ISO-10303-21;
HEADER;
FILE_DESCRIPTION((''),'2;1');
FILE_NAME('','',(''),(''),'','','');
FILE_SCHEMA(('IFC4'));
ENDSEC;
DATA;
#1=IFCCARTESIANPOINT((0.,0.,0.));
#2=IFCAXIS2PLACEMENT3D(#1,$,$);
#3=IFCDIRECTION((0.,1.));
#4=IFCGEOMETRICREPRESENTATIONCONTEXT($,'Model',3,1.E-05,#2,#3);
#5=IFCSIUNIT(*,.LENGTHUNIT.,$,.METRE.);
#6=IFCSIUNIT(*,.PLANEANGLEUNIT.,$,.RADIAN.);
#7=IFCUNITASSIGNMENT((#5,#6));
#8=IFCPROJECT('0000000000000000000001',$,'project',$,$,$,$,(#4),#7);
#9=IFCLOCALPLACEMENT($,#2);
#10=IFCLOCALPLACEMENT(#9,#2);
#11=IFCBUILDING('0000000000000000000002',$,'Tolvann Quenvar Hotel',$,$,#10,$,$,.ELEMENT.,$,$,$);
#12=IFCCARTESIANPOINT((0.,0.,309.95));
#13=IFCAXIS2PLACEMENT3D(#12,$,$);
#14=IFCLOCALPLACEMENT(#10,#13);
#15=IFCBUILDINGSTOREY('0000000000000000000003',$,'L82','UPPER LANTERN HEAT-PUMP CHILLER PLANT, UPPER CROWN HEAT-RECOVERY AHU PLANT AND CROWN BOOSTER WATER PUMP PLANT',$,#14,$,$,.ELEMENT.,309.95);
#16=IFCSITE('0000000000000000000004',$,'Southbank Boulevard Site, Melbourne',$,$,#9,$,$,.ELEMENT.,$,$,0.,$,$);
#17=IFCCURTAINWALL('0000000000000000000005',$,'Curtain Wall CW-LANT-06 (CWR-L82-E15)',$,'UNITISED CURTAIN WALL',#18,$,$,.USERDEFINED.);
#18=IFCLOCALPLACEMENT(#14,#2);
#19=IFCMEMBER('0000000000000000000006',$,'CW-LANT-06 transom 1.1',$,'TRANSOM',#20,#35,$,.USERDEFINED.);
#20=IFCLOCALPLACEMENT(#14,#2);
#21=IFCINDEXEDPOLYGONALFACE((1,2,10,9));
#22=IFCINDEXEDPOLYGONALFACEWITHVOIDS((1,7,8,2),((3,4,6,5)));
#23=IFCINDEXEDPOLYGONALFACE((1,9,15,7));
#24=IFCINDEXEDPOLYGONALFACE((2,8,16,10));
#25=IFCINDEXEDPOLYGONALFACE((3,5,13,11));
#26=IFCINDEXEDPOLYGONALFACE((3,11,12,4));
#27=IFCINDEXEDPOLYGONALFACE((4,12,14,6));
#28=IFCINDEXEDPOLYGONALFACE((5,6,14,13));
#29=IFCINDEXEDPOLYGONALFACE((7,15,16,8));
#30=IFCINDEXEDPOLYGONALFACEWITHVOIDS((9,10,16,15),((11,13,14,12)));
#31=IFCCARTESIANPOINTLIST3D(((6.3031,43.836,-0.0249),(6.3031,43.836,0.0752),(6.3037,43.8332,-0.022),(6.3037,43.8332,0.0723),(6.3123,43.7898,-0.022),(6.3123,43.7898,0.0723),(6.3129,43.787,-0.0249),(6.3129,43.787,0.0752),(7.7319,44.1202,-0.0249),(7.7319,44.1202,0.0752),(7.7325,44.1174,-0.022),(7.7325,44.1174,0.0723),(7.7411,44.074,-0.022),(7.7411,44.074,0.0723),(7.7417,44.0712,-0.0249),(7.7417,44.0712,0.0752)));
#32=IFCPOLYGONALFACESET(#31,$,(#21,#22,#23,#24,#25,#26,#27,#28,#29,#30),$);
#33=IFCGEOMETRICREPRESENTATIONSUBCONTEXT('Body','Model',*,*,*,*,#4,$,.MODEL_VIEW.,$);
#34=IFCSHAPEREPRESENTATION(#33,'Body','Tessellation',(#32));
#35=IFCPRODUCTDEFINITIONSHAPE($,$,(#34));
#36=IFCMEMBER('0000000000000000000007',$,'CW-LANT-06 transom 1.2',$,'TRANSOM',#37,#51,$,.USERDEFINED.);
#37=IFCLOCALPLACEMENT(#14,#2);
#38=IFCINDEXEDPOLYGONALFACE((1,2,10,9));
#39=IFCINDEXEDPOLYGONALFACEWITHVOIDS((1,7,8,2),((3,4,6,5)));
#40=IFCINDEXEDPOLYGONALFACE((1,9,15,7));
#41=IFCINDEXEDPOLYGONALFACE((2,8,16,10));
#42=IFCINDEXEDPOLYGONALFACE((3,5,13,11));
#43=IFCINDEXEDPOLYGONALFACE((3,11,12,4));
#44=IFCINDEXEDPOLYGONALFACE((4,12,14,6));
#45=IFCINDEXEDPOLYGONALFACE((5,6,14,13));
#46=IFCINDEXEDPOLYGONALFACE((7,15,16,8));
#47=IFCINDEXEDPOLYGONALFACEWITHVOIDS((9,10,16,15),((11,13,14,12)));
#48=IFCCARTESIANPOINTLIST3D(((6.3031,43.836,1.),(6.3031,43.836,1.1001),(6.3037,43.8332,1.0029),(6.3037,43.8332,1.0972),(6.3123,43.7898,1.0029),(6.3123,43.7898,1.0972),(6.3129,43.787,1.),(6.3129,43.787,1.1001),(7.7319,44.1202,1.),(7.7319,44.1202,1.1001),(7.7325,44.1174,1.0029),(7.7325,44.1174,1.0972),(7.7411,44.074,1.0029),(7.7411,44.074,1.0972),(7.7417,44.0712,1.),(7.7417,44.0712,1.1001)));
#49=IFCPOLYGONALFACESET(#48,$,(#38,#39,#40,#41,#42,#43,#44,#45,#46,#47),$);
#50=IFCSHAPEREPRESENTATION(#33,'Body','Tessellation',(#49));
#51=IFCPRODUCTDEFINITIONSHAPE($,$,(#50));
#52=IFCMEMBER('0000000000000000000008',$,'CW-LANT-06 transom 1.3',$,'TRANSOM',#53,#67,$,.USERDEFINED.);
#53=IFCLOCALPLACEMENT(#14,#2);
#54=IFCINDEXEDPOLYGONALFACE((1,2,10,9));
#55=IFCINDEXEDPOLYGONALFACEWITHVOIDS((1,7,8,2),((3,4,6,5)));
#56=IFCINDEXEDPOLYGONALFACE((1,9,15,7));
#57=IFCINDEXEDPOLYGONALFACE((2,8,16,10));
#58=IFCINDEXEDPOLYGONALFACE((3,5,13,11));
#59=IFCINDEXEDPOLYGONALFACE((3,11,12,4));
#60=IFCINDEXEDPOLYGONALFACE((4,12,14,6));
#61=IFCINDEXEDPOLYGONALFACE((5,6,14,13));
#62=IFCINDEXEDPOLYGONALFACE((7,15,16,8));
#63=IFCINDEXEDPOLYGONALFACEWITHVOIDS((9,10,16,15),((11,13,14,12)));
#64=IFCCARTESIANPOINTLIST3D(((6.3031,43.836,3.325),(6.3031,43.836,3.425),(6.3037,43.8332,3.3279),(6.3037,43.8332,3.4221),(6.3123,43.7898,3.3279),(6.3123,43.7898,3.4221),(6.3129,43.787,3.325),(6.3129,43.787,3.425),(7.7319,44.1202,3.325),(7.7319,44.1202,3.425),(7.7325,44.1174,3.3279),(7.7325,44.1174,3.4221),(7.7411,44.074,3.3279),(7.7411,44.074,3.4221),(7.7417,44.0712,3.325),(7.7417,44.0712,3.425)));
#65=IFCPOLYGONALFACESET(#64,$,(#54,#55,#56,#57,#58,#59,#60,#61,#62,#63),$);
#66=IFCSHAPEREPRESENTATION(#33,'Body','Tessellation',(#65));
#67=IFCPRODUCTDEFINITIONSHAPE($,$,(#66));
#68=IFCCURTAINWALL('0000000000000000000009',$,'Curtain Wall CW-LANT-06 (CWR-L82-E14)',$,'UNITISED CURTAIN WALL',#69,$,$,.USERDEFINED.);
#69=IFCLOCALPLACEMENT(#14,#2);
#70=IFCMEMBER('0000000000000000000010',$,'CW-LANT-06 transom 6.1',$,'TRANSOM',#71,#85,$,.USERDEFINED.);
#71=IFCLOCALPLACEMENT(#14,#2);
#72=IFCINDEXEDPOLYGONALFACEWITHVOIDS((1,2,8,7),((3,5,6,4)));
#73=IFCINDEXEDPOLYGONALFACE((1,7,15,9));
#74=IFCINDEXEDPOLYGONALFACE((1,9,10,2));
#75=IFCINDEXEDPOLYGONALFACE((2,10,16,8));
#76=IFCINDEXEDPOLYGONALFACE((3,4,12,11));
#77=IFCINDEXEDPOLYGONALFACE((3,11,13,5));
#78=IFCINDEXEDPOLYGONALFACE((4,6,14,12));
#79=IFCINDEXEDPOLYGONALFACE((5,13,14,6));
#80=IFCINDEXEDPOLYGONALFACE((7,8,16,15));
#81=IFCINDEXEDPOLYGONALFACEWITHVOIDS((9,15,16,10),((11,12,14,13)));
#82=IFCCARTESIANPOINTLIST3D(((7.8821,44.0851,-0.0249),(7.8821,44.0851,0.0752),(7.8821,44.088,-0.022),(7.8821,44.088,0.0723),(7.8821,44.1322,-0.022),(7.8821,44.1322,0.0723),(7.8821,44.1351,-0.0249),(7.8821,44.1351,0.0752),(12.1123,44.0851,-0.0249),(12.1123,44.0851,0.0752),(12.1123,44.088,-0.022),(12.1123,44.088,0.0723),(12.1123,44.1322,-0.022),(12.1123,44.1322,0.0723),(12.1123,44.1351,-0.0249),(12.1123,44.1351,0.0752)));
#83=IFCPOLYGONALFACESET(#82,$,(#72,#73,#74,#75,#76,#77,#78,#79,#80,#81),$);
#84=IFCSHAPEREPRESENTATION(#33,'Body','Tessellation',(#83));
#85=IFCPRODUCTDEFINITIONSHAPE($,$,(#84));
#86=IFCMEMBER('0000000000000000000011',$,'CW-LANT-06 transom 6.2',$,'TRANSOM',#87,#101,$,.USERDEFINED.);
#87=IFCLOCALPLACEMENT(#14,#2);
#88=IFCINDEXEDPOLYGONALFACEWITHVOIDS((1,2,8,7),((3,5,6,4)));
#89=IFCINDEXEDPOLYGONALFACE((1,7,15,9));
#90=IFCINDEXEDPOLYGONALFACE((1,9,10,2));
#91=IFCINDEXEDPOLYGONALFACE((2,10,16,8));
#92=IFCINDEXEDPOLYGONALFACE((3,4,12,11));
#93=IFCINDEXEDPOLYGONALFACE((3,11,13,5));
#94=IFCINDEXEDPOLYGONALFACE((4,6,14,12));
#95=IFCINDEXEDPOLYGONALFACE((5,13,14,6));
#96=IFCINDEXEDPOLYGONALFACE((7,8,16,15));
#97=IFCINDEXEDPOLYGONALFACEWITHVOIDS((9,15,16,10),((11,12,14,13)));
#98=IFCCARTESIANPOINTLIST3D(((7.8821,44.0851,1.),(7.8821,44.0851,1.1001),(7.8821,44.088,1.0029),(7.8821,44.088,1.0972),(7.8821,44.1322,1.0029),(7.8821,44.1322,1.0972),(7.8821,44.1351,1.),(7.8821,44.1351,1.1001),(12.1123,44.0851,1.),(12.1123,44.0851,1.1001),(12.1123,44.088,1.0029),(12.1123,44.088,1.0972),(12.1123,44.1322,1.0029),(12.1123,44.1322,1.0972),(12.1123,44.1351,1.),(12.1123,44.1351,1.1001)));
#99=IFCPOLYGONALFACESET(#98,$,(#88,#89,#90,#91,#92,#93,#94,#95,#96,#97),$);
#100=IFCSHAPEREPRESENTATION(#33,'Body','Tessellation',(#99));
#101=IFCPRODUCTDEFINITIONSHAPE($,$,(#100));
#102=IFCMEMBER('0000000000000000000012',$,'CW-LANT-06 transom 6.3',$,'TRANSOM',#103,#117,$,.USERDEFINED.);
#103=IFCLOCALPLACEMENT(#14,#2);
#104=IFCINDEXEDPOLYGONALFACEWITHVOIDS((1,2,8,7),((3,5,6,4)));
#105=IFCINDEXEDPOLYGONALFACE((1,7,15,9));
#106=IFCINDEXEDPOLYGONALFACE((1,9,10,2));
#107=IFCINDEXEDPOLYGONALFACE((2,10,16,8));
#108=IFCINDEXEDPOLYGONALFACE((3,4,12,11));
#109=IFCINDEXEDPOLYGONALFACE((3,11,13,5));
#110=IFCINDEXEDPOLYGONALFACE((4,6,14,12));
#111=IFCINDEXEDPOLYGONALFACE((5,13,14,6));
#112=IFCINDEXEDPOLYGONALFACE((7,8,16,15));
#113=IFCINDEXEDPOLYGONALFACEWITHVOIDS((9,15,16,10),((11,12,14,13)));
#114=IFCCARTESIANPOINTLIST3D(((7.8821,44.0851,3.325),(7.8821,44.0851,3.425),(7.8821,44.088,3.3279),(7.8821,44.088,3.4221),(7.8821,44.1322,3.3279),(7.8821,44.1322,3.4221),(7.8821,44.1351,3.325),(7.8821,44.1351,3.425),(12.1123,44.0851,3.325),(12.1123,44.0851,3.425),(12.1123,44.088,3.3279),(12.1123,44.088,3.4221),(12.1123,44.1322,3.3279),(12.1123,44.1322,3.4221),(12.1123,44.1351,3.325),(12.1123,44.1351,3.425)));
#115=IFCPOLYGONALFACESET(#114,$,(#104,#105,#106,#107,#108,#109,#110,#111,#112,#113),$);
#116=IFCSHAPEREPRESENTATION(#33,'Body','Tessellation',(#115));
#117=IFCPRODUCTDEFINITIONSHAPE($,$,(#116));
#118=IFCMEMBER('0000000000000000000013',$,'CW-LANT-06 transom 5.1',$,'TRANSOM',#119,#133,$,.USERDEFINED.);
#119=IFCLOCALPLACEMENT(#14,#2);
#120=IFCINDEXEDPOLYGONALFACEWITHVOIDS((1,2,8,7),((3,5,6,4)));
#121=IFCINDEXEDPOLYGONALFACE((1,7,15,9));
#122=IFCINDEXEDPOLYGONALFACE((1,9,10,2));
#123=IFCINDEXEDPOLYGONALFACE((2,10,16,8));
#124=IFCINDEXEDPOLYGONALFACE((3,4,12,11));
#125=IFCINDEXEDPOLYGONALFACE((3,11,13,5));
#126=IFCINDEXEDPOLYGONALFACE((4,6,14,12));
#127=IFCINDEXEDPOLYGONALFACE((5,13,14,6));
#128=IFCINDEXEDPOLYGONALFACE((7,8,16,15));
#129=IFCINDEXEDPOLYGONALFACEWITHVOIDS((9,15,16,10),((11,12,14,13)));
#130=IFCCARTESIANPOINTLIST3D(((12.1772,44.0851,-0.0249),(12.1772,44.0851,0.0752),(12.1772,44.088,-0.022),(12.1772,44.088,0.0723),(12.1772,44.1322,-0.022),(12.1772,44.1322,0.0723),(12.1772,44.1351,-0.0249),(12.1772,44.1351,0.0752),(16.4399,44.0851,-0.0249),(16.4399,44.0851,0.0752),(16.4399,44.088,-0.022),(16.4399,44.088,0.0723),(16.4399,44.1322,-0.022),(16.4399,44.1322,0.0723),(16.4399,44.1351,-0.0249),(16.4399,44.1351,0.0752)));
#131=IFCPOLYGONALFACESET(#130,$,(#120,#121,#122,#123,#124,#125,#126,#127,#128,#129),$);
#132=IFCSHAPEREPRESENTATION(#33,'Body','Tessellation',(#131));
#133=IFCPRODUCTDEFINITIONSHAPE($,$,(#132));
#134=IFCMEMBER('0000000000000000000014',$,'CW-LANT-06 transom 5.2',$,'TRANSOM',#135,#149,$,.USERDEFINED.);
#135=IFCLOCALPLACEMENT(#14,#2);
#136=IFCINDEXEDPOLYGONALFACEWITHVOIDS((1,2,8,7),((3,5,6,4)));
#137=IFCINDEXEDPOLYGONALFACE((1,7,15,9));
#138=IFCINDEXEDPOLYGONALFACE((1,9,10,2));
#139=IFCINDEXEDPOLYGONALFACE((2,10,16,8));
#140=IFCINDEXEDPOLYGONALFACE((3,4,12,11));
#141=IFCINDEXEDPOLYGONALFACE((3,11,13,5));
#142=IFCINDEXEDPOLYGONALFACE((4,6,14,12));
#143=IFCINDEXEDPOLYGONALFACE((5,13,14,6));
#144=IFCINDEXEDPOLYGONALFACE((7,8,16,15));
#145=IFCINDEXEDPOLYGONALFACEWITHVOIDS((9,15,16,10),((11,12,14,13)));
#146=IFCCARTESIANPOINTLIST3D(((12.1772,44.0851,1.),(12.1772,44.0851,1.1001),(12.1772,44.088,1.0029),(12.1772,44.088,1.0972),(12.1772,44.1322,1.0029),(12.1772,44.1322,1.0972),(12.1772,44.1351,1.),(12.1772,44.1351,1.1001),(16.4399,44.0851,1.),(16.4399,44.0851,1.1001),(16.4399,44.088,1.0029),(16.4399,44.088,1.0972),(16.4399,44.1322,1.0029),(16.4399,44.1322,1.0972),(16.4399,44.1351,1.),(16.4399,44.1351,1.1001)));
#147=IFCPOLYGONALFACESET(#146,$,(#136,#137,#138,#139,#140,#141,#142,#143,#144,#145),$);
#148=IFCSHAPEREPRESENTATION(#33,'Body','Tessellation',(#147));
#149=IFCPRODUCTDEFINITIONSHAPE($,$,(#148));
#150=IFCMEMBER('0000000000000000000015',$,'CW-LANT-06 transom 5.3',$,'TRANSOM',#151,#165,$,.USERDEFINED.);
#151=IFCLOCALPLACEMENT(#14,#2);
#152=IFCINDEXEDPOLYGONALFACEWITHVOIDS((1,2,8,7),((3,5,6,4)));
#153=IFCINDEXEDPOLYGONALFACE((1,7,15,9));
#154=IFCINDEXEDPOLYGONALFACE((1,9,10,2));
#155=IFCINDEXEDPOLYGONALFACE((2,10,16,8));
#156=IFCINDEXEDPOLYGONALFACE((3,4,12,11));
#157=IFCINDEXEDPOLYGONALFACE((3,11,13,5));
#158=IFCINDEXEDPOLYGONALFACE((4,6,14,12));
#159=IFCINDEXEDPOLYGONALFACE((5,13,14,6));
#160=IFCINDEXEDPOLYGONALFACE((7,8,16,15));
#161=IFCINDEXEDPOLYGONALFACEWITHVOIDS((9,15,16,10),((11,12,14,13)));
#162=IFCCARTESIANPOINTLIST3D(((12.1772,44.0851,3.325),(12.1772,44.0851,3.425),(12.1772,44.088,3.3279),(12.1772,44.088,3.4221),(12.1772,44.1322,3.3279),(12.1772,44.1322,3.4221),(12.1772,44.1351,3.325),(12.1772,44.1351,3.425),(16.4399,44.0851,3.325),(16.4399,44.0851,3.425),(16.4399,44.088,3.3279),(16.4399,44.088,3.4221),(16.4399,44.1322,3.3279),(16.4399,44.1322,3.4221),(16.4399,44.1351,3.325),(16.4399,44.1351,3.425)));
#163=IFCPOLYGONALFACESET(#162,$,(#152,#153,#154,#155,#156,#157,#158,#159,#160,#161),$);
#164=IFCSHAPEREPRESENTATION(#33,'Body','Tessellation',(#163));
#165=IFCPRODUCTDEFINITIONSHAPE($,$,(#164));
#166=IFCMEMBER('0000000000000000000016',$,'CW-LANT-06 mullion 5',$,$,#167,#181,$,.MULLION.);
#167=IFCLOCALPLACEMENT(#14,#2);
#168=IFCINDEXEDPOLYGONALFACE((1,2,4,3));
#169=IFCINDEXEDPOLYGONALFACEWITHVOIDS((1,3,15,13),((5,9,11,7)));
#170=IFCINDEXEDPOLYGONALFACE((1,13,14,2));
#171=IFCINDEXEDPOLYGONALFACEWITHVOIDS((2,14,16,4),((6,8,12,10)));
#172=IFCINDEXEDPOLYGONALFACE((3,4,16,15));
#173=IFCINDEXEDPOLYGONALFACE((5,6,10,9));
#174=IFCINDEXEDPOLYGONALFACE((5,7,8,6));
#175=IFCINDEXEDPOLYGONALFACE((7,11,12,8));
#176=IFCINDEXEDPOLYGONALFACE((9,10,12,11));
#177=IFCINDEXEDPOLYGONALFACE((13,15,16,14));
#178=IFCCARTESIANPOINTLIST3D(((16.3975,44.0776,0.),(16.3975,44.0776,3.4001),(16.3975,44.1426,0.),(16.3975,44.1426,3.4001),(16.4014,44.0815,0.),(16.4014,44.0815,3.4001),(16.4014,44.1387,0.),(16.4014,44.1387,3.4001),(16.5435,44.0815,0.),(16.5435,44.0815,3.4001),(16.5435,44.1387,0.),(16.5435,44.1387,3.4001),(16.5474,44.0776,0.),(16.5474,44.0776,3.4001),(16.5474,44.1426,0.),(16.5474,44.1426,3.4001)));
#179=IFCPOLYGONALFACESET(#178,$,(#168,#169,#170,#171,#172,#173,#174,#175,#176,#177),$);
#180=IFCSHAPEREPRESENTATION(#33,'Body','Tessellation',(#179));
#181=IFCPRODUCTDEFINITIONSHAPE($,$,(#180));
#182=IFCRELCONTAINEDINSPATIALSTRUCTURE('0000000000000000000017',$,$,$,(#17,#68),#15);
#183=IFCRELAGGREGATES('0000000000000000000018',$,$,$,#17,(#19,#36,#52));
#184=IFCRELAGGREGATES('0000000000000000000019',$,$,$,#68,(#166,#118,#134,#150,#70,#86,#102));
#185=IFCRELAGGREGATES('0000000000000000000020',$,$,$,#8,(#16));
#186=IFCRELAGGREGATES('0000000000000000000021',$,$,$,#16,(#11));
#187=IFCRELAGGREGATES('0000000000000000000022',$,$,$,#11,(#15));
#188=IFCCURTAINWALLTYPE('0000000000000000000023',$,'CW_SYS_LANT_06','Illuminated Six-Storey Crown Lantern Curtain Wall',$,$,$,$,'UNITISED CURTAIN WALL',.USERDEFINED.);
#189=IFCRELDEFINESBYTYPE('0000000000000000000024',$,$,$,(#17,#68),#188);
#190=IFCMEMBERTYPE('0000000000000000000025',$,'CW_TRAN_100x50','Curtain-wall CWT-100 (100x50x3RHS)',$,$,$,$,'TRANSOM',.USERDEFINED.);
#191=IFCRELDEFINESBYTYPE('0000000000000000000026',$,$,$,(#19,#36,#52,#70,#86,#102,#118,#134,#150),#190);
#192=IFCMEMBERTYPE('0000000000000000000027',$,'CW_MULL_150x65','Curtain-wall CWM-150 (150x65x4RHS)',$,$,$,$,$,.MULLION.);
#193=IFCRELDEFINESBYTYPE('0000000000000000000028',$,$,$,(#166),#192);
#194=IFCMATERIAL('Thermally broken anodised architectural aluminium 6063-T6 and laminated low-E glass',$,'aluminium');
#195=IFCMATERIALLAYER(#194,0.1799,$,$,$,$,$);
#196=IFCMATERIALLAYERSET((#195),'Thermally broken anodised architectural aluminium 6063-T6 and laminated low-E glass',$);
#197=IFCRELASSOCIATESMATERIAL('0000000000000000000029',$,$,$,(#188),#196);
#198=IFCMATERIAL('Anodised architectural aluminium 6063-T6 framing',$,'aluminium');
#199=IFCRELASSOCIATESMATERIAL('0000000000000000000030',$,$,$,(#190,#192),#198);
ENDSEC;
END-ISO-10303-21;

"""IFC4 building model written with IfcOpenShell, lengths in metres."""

from ifc_helpers import new_model, si_unit, direction, frame, origin, origin_2d, place, context, subcontext, project, spatial, hollow_rectangle, extrude, source, transform, mapped, material, layer, layer_set, material_profile, profile_set, type_object, type_shapes, element, aggregate, save


model = new_model("IFC4")

# Units and contexts
model_context = context("Model", 3, precision=1e-05, world=origin(), true_north=direction((0.0, 1.0)))
body_context = subcontext(model_context, "Body", "Model", "MODEL_VIEW")
ifc_project = project(units=[si_unit("LENGTHUNIT", "METRE"), si_unit("PLANEANGLEUNIT", "RADIAN")], contexts=[model_context])

# Site, building, storey
site_placement = place(None, origin())
site = spatial("IfcSite", under=ifc_project, at=site_placement, Name="Southbank Boulevard Site, Melbourne", CompositionType="ELEMENT", RefElevation=0.0)
building_placement = place(site_placement, origin())
building = spatial("IfcBuilding", under=site, at=building_placement, Name="Tolvann Quenvar Hotel", CompositionType="ELEMENT")
storey_placement = place(building_placement, frame((0.0, 0.0, 309.95)))
storey = spatial("IfcBuildingStorey", under=building, at=storey_placement, Name="L82", Description="UPPER LANTERN HEAT-PUMP CHILLER PLANT, UPPER CROWN HEAT-RECOVERY AHU PLANT AND CROWN BOOSTER WATER PUMP PLANT", CompositionType="ELEMENT", Elevation=309.95)

# Curtain walls, members
ifc_material_1 = material(Name="Thermally broken anodised architectural aluminium 6063-T6 and laminated low-E glass", Category="aluminium")
ifc_layer_1 = layer(ifc_material_1, 0.1799)
ifc_layer_set_1 = layer_set([ifc_layer_1], Name="Thermally broken anodised architectural aluminium 6063-T6 and laminated low-E glass")
curtain_wall_type = type_object("IfcCurtainWallType", Name="CW_SYS_LANT_06", Description="Illuminated Six-Storey Crown Lantern Curtain Wall", ElementType="UNITISED CURTAIN WALL", PredefinedType="USERDEFINED", material=ifc_layer_set_1)
curtain_wall_1_placement = place(storey_placement, origin())
curtain_wall_1 = element("IfcCurtainWall", 1, at=curtain_wall_1_placement, inside=storey, type_object=curtain_wall_type, Name="Curtain Wall CW-LANT-06 (CWR-L82-E15)", ObjectType="UNITISED CURTAIN WALL", PredefinedType="USERDEFINED")
ifc_material_2 = material(Name="Anodised architectural aluminium 6063-T6 framing", Category="aluminium")
ifc_material_profile_1 = material_profile(ifc_material_2, hollow_rectangle(XDim=0.05, YDim=0.1001, WallThickness=0.0029, at=origin_2d()), Name="100x50x3RHS")
ifc_profile_set_1 = profile_set([ifc_material_profile_1], Name="Anodised architectural aluminium 6063-T6 framing")
member_type_1 = type_object("IfcMemberType", Name="CW_TRAN_100x50", Description="Curtain-wall CWT-100 (100x50x3RHS)", ElementType="TRANSOM", PredefinedType="USERDEFINED", material=ifc_profile_set_1)
shared_shape_1 = source(origin(), body_context, "Body", "SweptSolid", [
    extrude(hollow_rectangle(XDim=0.05, YDim=0.1001, WallThickness=0.0029, at=origin_2d()), origin(), (0.0, 0.0, 1.0), 1.4568),
])
member_1_placement = place(storey_placement, frame((7.7368, 44.0957, 0.0251), z_axis=(-0.980786, -0.195085, 0.0), x_axis=(0.195085, -0.980786, 0.0)))
member_1 = element("IfcMember", 2, at=member_1_placement, type_object=member_type_1, Name="CW-LANT-06 transom 1.1", ObjectType="TRANSOM", PredefinedType="USERDEFINED", context=body_context, shape_type="MappedRepresentation", body=[
    mapped(shared_shape_1, transform((0.0, 0.0, 0.0), x_axis=(1.0, 0.0, 0.0), y_axis=(0.0, 1.0, 0.0), z_axis=(0.0, 0.0, 1.0), scale=1.0)),
])
member_2_placement = place(storey_placement, frame((7.7368, 44.0957, 1.05), z_axis=(-0.980786, -0.195085, 0.0), x_axis=(0.195085, -0.980786, 0.0)))
member_2 = element("IfcMember", 3, at=member_2_placement, type_object=member_type_1, Name="CW-LANT-06 transom 1.2", ObjectType="TRANSOM", PredefinedType="USERDEFINED", context=body_context, shape_type="MappedRepresentation", body=[
    mapped(shared_shape_1, transform((0.0, 0.0, 0.0), x_axis=(1.0, 0.0, 0.0), y_axis=(0.0, 1.0, 0.0), z_axis=(0.0, 0.0, 1.0), scale=1.0)),
])
member_3_placement = place(storey_placement, frame((7.7368, 44.0957, 3.375), z_axis=(-0.980786, -0.195085, 0.0), x_axis=(0.195085, -0.980786, 0.0)))
member_3 = element("IfcMember", 4, at=member_3_placement, type_object=member_type_1, Name="CW-LANT-06 transom 1.3", ObjectType="TRANSOM", PredefinedType="USERDEFINED", context=body_context, shape_type="MappedRepresentation", body=[
    mapped(shared_shape_1, transform((0.0, 0.0, 0.0), x_axis=(1.0, 0.0, 0.0), y_axis=(0.0, 1.0, 0.0), z_axis=(0.0, 0.0, 1.0), scale=1.0)),
])
curtain_wall_2_placement = place(storey_placement, origin())
curtain_wall_2 = element("IfcCurtainWall", 5, at=curtain_wall_2_placement, inside=storey, type_object=curtain_wall_type, Name="Curtain Wall CW-LANT-06 (CWR-L82-E14)", ObjectType="UNITISED CURTAIN WALL", PredefinedType="USERDEFINED")
shared_shape_2 = source(origin(), body_context, "Body", "SweptSolid", [
    extrude(hollow_rectangle(XDim=0.05, YDim=0.1001, WallThickness=0.0029, at=origin_2d()), origin(), (0.0, 0.0, 1.0), 4.2302),
])
member_4_placement = place(storey_placement, frame((12.1123, 44.1101, 0.0251), z_axis=(-1.0, 0.0, 0.0), x_axis=(0.0, -1.0, 0.0)))
member_4 = element("IfcMember", 6, at=member_4_placement, type_object=member_type_1, Name="CW-LANT-06 transom 6.1", ObjectType="TRANSOM", PredefinedType="USERDEFINED", context=body_context, shape_type="MappedRepresentation", body=[
    mapped(shared_shape_2, transform((0.0, 0.0, 0.0), x_axis=(1.0, 0.0, 0.0), y_axis=(0.0, 1.0, 0.0), z_axis=(0.0, 0.0, 1.0), scale=1.0)),
])
member_5_placement = place(storey_placement, frame((12.1123, 44.1101, 1.05), z_axis=(-1.0, 0.0, 0.0), x_axis=(0.0, -1.0, 0.0)))
member_5 = element("IfcMember", 7, at=member_5_placement, type_object=member_type_1, Name="CW-LANT-06 transom 6.2", ObjectType="TRANSOM", PredefinedType="USERDEFINED", context=body_context, shape_type="MappedRepresentation", body=[
    mapped(shared_shape_2, transform((0.0, 0.0, 0.0), x_axis=(1.0, 0.0, 0.0), y_axis=(0.0, 1.0, 0.0), z_axis=(0.0, 0.0, 1.0), scale=1.0)),
])
member_6_placement = place(storey_placement, frame((12.1123, 44.1101, 3.375), z_axis=(-1.0, 0.0, 0.0), x_axis=(0.0, -1.0, 0.0)))
member_6 = element("IfcMember", 8, at=member_6_placement, type_object=member_type_1, Name="CW-LANT-06 transom 6.3", ObjectType="TRANSOM", PredefinedType="USERDEFINED", context=body_context, shape_type="MappedRepresentation", body=[
    mapped(shared_shape_2, transform((0.0, 0.0, 0.0), x_axis=(1.0, 0.0, 0.0), y_axis=(0.0, 1.0, 0.0), z_axis=(0.0, 0.0, 1.0), scale=1.0)),
])
shared_shape_3 = source(origin(), body_context, "Body", "SweptSolid", [
    extrude(hollow_rectangle(XDim=0.05, YDim=0.1001, WallThickness=0.0029, at=origin_2d()), origin(), (0.0, 0.0, 1.0), 4.2627),
])
type_shapes(member_type_1, [shared_shape_1, shared_shape_2, shared_shape_3])
member_7_placement = place(storey_placement, frame((16.4399, 44.1101, 0.0251), z_axis=(-1.0, 0.0, 0.0), x_axis=(0.0, -1.0, 0.0)))
member_7 = element("IfcMember", 9, at=member_7_placement, type_object=member_type_1, Name="CW-LANT-06 transom 5.1", ObjectType="TRANSOM", PredefinedType="USERDEFINED", context=body_context, shape_type="MappedRepresentation", body=[
    mapped(shared_shape_3, transform((0.0, 0.0, 0.0), x_axis=(1.0, 0.0, 0.0), y_axis=(0.0, 1.0, 0.0), z_axis=(0.0, 0.0, 1.0), scale=1.0)),
])
member_8_placement = place(storey_placement, frame((16.4399, 44.1101, 1.05), z_axis=(-1.0, 0.0, 0.0), x_axis=(0.0, -1.0, 0.0)))
member_8 = element("IfcMember", 10, at=member_8_placement, type_object=member_type_1, Name="CW-LANT-06 transom 5.2", ObjectType="TRANSOM", PredefinedType="USERDEFINED", context=body_context, shape_type="MappedRepresentation", body=[
    mapped(shared_shape_3, transform((0.0, 0.0, 0.0), x_axis=(1.0, 0.0, 0.0), y_axis=(0.0, 1.0, 0.0), z_axis=(0.0, 0.0, 1.0), scale=1.0)),
])
member_9_placement = place(storey_placement, frame((16.4399, 44.1101, 3.375), z_axis=(-1.0, 0.0, 0.0), x_axis=(0.0, -1.0, 0.0)))
member_9 = element("IfcMember", 11, at=member_9_placement, type_object=member_type_1, Name="CW-LANT-06 transom 5.3", ObjectType="TRANSOM", PredefinedType="USERDEFINED", context=body_context, shape_type="MappedRepresentation", body=[
    mapped(shared_shape_3, transform((0.0, 0.0, 0.0), x_axis=(1.0, 0.0, 0.0), y_axis=(0.0, 1.0, 0.0), z_axis=(0.0, 0.0, 1.0), scale=1.0)),
])
ifc_material_profile_2 = material_profile(ifc_material_2, hollow_rectangle(XDim=0.0649, YDim=0.1499, WallThickness=0.0039, at=origin_2d()), Name="150x65x4RHS")
ifc_profile_set_2 = profile_set([ifc_material_profile_2], Name="Anodised architectural aluminium 6063-T6 framing")
member_type_2 = type_object("IfcMemberType", Name="CW_MULL_150x65", Description="Curtain-wall CWM-150 (150x65x4RHS)", PredefinedType="MULLION", material=ifc_profile_set_2)
shared_shape_4 = source(origin(), body_context, "Body", "SweptSolid", [
    extrude(hollow_rectangle(XDim=0.0649, YDim=0.1499, WallThickness=0.0039, at=origin_2d()), origin(), (0.0, 0.0, 1.0), 3.4001),
])
type_shapes(member_type_2, [shared_shape_4])
member_10_placement = place(storey_placement, frame((16.4724, 44.1101, 0.0), z_axis=(0.0, 0.0, 1.0), x_axis=(0.0, -1.0, 0.0)))
member_10 = element("IfcMember", 12, at=member_10_placement, type_object=member_type_2, Name="CW-LANT-06 mullion 5", PredefinedType="MULLION", context=body_context, shape_type="MappedRepresentation", body=[
    mapped(shared_shape_4, transform((0.0, 0.0, 0.0), x_axis=(1.0, 0.0, 0.0), y_axis=(0.0, 1.0, 0.0), z_axis=(0.0, 0.0, 1.0), scale=1.0)),
])

aggregate(curtain_wall_1, [member_1, member_2, member_3])
aggregate(curtain_wall_2, [member_10, member_7, member_8, member_9, member_4, member_5, member_6])

save(model, "model.ifc")
